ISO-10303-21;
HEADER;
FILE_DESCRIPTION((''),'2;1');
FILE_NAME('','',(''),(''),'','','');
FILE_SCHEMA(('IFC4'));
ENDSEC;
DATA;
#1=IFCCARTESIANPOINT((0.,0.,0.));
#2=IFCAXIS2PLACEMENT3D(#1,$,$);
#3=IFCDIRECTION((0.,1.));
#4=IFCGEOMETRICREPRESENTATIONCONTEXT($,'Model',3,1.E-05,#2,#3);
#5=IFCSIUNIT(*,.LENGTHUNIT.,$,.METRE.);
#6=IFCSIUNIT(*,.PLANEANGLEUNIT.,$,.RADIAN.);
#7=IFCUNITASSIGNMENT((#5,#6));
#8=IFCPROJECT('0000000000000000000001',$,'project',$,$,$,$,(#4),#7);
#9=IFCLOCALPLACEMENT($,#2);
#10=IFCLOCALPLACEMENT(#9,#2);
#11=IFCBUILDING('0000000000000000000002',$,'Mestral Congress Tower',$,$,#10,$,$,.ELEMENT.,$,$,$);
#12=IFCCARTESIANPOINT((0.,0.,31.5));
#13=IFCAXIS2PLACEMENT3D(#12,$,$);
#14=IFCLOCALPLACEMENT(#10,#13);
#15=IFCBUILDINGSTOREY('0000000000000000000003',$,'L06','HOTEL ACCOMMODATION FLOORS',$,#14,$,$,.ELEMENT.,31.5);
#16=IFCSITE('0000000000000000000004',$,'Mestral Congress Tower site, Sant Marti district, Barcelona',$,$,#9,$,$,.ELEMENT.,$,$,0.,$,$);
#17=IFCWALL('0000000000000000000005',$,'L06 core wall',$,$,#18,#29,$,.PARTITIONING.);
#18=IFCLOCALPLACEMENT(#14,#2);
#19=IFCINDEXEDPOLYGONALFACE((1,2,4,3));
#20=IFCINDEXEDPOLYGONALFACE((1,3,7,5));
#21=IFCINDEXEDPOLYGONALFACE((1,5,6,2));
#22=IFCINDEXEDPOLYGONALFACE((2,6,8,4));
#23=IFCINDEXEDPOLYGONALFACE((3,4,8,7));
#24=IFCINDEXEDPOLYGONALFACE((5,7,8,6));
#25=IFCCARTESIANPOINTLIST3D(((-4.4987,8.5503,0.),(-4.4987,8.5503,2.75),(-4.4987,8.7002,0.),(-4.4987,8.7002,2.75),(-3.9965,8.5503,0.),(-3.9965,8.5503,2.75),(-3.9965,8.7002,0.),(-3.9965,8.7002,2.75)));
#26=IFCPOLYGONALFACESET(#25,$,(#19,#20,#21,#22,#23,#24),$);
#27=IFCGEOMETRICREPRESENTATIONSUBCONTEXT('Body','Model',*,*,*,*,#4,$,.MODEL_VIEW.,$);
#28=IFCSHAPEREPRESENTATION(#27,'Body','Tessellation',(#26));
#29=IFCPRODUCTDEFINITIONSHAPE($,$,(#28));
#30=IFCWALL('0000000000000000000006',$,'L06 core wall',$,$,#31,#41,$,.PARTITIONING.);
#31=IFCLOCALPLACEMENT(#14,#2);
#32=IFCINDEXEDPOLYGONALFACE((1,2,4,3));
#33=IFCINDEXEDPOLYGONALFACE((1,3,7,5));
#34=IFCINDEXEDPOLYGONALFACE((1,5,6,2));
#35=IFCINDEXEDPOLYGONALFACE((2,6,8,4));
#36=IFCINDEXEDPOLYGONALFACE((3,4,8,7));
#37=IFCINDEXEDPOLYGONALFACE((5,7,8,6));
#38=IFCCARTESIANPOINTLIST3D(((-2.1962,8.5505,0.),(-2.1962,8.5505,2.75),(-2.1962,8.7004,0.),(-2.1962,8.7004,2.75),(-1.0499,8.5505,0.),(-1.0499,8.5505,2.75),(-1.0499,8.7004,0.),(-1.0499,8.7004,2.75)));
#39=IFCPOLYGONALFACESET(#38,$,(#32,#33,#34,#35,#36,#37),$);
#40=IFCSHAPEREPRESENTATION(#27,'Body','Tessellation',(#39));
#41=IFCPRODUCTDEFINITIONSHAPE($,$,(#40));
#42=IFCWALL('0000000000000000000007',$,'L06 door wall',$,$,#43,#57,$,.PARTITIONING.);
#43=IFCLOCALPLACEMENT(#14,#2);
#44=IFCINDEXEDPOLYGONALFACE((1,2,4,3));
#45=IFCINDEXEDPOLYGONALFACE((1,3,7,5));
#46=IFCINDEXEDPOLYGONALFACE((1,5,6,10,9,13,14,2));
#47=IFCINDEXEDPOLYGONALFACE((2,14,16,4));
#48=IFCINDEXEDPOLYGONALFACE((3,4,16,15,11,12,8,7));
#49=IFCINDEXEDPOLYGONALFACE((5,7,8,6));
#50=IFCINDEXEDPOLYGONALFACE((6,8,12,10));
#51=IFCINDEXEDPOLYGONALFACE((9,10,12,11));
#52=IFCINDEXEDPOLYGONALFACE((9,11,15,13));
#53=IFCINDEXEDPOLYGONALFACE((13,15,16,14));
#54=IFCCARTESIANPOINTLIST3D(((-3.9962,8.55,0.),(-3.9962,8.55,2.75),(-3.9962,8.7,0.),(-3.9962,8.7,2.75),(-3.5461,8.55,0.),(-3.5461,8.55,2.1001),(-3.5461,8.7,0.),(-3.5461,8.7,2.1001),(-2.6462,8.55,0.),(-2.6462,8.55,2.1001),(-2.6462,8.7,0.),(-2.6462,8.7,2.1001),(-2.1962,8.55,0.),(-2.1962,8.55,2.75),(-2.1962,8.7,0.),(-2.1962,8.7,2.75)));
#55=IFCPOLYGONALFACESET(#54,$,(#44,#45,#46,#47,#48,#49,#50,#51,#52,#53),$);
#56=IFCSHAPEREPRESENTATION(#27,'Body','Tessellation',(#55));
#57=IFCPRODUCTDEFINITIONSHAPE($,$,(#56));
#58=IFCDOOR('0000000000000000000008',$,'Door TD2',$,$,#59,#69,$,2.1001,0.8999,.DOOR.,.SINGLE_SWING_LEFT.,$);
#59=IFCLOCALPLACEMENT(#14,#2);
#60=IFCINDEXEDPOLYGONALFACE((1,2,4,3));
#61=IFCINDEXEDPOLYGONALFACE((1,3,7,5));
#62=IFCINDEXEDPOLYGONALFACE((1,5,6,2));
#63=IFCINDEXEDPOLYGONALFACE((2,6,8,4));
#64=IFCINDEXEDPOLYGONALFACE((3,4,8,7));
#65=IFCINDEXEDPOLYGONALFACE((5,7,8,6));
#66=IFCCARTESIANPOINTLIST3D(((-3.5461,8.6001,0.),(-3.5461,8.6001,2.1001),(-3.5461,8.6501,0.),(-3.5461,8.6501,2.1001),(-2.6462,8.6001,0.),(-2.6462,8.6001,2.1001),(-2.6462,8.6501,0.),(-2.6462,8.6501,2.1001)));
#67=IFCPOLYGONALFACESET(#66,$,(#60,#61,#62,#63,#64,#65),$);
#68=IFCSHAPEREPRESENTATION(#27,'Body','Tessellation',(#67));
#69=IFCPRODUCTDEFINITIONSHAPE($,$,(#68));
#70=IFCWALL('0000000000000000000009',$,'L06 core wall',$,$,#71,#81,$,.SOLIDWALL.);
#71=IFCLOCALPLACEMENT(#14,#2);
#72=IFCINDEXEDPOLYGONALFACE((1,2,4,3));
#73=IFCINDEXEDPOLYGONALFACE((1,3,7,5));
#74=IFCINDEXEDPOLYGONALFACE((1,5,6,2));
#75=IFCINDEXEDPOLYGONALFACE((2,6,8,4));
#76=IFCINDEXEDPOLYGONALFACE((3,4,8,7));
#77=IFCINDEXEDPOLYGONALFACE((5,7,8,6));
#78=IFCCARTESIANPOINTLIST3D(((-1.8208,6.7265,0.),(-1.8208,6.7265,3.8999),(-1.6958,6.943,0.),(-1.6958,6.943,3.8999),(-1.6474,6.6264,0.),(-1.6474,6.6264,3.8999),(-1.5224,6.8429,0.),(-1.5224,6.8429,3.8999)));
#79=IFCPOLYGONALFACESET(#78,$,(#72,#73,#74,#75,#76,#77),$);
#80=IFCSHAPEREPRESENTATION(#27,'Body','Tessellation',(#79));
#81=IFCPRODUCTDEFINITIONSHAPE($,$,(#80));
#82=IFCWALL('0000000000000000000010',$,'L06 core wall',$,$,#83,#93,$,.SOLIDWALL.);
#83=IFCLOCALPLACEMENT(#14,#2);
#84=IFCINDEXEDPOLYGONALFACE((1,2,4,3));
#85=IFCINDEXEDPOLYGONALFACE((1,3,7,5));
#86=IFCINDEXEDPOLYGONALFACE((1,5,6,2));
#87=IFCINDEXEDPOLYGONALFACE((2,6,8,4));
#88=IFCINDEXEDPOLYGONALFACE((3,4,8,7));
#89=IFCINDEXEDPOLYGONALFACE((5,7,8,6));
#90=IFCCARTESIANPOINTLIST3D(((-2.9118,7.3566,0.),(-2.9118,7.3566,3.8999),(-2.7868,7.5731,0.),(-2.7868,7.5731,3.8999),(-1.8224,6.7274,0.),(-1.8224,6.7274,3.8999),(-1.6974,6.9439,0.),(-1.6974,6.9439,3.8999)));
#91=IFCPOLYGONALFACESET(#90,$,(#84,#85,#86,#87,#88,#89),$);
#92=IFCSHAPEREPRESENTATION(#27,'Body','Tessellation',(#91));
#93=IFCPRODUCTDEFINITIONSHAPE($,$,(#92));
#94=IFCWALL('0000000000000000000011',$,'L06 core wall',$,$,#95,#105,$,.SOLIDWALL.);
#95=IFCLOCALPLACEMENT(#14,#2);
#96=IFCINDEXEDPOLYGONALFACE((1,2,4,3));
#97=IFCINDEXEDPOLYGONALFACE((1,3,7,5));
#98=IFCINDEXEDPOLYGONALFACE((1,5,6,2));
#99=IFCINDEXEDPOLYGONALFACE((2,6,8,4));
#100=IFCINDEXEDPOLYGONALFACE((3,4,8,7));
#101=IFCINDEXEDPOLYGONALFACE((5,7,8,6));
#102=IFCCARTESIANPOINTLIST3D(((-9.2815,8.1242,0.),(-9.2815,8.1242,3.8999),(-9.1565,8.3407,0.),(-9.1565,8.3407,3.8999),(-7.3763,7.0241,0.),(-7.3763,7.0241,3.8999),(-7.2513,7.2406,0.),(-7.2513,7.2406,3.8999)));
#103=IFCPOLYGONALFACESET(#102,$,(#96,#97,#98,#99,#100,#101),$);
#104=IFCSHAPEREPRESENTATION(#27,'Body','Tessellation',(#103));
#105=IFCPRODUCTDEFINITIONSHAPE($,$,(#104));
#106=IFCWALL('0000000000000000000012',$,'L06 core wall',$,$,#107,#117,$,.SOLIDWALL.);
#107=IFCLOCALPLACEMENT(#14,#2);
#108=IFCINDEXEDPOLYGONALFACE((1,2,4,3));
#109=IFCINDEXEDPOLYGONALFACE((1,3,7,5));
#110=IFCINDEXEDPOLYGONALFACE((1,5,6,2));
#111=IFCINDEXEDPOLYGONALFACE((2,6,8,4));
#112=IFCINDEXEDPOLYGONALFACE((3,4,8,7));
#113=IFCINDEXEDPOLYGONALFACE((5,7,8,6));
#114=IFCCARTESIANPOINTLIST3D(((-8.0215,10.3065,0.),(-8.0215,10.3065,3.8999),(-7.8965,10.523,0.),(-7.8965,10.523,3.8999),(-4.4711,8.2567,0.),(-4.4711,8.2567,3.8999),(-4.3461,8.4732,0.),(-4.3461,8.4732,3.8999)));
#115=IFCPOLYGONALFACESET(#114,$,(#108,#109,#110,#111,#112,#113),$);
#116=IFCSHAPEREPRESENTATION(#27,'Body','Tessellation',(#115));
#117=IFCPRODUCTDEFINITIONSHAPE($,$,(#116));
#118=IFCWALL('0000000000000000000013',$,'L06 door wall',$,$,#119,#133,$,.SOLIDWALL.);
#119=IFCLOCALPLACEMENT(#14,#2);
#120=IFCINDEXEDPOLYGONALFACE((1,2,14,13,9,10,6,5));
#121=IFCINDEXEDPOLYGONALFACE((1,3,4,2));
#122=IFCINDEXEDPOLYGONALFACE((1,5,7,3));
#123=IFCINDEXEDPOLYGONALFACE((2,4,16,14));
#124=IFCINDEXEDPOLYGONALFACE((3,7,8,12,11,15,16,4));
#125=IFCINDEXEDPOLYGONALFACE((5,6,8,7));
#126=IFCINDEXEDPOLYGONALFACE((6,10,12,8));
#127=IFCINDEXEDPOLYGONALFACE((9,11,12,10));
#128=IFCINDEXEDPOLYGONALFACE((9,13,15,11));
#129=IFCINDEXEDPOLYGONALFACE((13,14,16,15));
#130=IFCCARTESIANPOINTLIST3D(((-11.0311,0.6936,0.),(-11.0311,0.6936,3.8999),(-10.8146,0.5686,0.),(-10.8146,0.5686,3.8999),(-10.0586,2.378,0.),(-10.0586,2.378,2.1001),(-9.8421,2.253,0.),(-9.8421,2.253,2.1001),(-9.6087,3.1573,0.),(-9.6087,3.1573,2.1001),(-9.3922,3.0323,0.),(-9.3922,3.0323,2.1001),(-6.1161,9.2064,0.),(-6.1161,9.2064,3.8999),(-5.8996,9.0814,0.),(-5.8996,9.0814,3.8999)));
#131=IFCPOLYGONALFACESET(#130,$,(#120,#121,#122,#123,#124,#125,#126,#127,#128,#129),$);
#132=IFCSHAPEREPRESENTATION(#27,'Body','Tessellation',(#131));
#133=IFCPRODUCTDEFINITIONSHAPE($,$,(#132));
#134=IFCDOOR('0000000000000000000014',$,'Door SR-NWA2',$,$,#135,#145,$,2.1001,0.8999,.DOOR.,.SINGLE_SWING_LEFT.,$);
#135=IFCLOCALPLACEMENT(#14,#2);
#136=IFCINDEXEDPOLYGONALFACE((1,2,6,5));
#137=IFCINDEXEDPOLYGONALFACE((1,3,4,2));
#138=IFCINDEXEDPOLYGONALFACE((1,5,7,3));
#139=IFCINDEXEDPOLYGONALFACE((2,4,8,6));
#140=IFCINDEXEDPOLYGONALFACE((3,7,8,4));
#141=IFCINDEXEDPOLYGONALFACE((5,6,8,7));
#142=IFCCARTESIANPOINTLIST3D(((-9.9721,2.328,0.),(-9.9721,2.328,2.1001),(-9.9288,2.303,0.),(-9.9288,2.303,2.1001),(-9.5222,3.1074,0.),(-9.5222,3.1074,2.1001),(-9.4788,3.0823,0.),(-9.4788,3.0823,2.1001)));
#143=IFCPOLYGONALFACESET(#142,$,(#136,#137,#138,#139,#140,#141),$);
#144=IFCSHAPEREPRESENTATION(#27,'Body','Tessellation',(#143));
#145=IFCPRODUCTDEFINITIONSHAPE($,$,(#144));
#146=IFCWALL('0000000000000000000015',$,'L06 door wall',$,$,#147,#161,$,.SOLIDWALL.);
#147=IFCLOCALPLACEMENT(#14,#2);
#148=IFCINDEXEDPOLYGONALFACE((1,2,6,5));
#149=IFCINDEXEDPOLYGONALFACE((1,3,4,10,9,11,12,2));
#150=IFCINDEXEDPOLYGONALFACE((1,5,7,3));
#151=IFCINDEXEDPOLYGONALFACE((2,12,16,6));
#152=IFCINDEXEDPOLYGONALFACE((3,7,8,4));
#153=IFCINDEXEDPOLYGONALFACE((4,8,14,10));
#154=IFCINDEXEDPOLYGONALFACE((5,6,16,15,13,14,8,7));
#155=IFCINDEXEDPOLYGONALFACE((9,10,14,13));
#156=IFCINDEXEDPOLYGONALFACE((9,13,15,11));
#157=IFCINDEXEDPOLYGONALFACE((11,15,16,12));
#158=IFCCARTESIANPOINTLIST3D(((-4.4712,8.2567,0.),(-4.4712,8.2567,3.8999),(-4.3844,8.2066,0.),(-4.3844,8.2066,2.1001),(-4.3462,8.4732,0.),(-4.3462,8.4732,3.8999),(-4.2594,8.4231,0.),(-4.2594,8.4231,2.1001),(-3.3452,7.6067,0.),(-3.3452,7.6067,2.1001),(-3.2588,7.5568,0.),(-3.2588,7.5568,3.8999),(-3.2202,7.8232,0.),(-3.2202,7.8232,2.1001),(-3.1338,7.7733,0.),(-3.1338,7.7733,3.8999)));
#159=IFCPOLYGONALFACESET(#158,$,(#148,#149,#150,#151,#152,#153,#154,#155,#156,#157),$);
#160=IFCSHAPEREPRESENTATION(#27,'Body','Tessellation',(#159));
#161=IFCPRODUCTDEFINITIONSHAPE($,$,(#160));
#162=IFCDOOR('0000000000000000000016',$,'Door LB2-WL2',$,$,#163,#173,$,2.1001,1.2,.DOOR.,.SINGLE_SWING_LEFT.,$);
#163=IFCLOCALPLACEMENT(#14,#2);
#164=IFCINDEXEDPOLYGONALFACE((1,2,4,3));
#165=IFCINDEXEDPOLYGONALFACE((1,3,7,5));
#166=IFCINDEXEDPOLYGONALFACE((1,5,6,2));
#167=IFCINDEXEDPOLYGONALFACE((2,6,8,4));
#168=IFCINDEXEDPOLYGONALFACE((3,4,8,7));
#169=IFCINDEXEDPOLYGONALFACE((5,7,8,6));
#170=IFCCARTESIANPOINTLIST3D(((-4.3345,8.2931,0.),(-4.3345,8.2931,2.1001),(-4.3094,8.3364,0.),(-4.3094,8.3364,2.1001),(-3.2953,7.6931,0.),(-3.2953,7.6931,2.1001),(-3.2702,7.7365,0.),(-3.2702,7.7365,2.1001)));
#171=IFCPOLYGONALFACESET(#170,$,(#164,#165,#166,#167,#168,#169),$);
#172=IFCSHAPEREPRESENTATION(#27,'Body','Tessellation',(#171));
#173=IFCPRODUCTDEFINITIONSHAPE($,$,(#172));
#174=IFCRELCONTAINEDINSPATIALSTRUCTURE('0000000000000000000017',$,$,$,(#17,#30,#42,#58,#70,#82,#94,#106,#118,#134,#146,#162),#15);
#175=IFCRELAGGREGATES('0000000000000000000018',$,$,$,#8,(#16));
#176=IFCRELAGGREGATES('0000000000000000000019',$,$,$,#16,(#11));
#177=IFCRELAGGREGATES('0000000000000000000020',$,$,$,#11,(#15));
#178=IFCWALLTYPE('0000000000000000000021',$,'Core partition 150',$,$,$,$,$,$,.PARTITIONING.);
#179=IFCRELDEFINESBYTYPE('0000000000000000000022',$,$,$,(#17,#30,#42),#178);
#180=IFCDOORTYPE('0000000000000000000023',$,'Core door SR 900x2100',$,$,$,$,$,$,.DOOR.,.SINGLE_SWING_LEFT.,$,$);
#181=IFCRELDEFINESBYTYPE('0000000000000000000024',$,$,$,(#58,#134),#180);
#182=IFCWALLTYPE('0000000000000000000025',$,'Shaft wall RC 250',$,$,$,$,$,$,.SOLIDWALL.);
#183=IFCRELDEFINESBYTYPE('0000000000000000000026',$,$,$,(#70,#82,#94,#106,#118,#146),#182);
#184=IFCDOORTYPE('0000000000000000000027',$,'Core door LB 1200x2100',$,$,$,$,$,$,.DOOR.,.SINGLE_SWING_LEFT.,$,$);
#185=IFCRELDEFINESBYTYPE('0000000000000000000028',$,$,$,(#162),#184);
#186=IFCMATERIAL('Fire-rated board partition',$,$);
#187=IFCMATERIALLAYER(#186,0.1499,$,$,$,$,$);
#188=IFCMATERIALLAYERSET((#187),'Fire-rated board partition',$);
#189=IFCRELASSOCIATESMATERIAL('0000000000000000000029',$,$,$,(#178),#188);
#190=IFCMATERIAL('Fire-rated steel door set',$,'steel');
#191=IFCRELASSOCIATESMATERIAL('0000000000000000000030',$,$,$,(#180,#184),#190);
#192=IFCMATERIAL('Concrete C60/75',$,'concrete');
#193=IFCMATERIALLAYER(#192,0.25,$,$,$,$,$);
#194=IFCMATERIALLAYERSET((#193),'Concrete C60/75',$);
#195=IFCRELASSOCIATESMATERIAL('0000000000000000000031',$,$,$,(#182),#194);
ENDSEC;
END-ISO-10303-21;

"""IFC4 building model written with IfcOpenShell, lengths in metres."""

from ifc_helpers import new_model, si_unit, direction, frame, frame_2d, origin, place, context, subcontext, project, spatial, rectangle, extrude, material, layer, layer_set, type_object, element, fill, save


model = new_model("IFC4")

# Units and contexts
model_context = context("Model", 3, precision=1e-05, world=origin(), true_north=direction((0.0, 1.0)))
body_context = subcontext(model_context, "Body", "Model", "MODEL_VIEW")
ifc_project = project(units=[si_unit("LENGTHUNIT", "METRE"), si_unit("PLANEANGLEUNIT", "RADIAN")], contexts=[model_context])

# Site, building, storey
site_placement = place(None, origin())
site = spatial("IfcSite", under=ifc_project, at=site_placement, Name="Mestral Congress Tower site, Sant Marti district, Barcelona", CompositionType="ELEMENT", RefElevation=0.0)
building_placement = place(site_placement, origin())
building = spatial("IfcBuilding", under=site, at=building_placement, Name="Mestral Congress Tower", CompositionType="ELEMENT")
storey_placement = place(building_placement, frame((0.0, 0.0, 31.5)))
storey = spatial("IfcBuildingStorey", under=building, at=storey_placement, Name="L06", Description="HOTEL ACCOMMODATION FLOORS", CompositionType="ELEMENT", Elevation=31.5)

# Walls
ifc_material_1 = material(Name="Fire-rated board partition")
ifc_layer_1 = layer(ifc_material_1, 0.1499)
ifc_layer_set_1 = layer_set([ifc_layer_1], Name="Fire-rated board partition")
wall_type_1 = type_object("IfcWallType", Name="Core partition 150", PredefinedType="PARTITIONING", material=ifc_layer_set_1)
wall_1_placement = place(storey_placement, frame((-3.9966, 8.6252, 0.0), z_axis=(0.0, 0.0, 1.0), x_axis=(-1.0, 0.0, 0.0)))
element("IfcWall", 1, at=wall_1_placement, inside=storey, type_object=wall_type_1, Name="L06 core wall", PredefinedType="PARTITIONING", context=body_context, shape_type="SweptSolid", body=[
    extrude(rectangle(XDim=0.5022, YDim=0.1499, at=frame_2d((0.251, 0.0))), origin(), (0.0, 0.0, 1.0), 2.75),
])
wall_2_placement = place(storey_placement, frame((-2.1963, 8.6255, 0.0), z_axis=(0.0, 0.0, 1.0), x_axis=(1.0, 0.0, 0.0)))
element("IfcWall", 2, at=wall_2_placement, inside=storey, type_object=wall_type_1, Name="L06 core wall", PredefinedType="PARTITIONING", context=body_context, shape_type="SweptSolid", body=[
    extrude(rectangle(XDim=1.1462, YDim=0.1499, at=frame_2d((0.5732, 0.0))), origin(), (0.0, 0.0, 1.0), 2.75),
])

# Wall, opening, door
wall_3_placement = place(storey_placement, frame((-2.1963, 8.625, 0.0), z_axis=(0.0, 0.0, 1.0), x_axis=(-1.0, 0.0, 0.0)))
wall_3 = element("IfcWall", 3, at=wall_3_placement, inside=storey, type_object=wall_type_1, Name="L06 door wall", PredefinedType="PARTITIONING", context=body_context, shape_type="SweptSolid", body=[
    extrude(rectangle(XDim=1.8, YDim=0.1499, at=frame_2d((0.8999, 0.0))), origin(), (0.0, 0.0, 1.0), 2.75),
])
opening_1_placement = place(wall_3_placement, frame((0.45, 0.0, 0.0)))
opening_1 = element("IfcOpeningElement", 4, at=opening_1_placement, cuts=wall_3, PredefinedType="OPENING", context=body_context, shape_type="SweptSolid", body=[
    extrude(rectangle(XDim=0.8999, YDim=2.1001, at=frame_2d((0.45, 1.05))), frame((0.0, 0.085, 0.0), z_axis=(0.0, -1.0, 0.0), x_axis=(1.0, 0.0, 0.0)), (0.0, 0.0, 1.0), 0.1699),
])
ifc_material_2 = material(Name="Fire-rated steel door set", Category="steel")
door_type_1 = type_object("IfcDoorType", Name="Core door SR 900x2100", OperationType="SINGLE_SWING_LEFT", PredefinedType="DOOR", material=ifc_material_2)
door_1_placement = place(opening_1_placement, origin())
door_1 = element("IfcDoor", 5, at=door_1_placement, inside=storey, type_object=door_type_1, Name="Door TD2", OperationType="SINGLE_SWING_LEFT", OverallHeight=2.1001, OverallWidth=0.8999, PredefinedType="DOOR", context=body_context, shape_type="SweptSolid", body=[
    extrude(rectangle(XDim=0.8999, YDim=2.1001, at=frame_2d((0.45, 1.05))), frame((0.0, 0.0249, 0.0), z_axis=(0.0, -1.0, 0.0), x_axis=(1.0, 0.0, 0.0)), (0.0, 0.0, 1.0), 0.05),
])
fill(opening_1, door_1)

# Walls
ifc_material_3 = material(Name="Concrete C60/75", Category="concrete")
ifc_layer_2 = layer(ifc_material_3, 0.25)
ifc_layer_set_2 = layer_set([ifc_layer_2], Name="Concrete C60/75")
wall_type_2 = type_object("IfcWallType", Name="Shaft wall RC 250", PredefinedType="SOLIDWALL", material=ifc_layer_set_2)
wall_4_placement = place(storey_placement, frame((-1.7583, 6.8347, 0.0), z_axis=(0.0, 0.0, 1.0), x_axis=(0.865982, -0.500074, 0.0)))
element("IfcWall", 6, at=wall_4_placement, inside=storey, type_object=wall_type_2, Name="L06 core wall", PredefinedType="SOLIDWALL", context=body_context, shape_type="SweptSolid", body=[
    extrude(rectangle(XDim=0.2002, YDim=0.25, at=frame_2d((0.1001, 0.0))), origin(), (0.0, 0.0, 1.0), 3.8999),
])
wall_5_placement = place(storey_placement, frame((-1.76, 6.8357, 0.0), z_axis=(0.0, 0.0, 1.0), x_axis=(-0.865953, 0.500126, 0.0)))
element("IfcWall", 7, at=wall_5_placement, inside=storey, type_object=wall_type_2, Name="L06 core wall", PredefinedType="SOLIDWALL", context=body_context, shape_type="SweptSolid", body=[
    extrude(rectangle(XDim=1.2581, YDim=0.25, at=frame_2d((0.6289, 0.0))), origin(), (0.0, 0.0, 1.0), 3.8999),
])
wall_6_placement = place(storey_placement, frame((-7.3137, 7.1323, 0.0), z_axis=(0.0, 0.0, 1.0), x_axis=(-0.866008, 0.50003, 0.0)))
element("IfcWall", 8, at=wall_6_placement, inside=storey, type_object=wall_type_2, Name="L06 core wall", PredefinedType="SOLIDWALL", context=body_context, shape_type="SweptSolid", body=[
    extrude(rectangle(XDim=2.2, YDim=0.25, at=frame_2d((1.1001, 0.0))), origin(), (0.0, 0.0, 1.0), 3.8999),
])
wall_7_placement = place(storey_placement, frame((-7.959, 10.4148, 0.0), z_axis=(0.0, 0.0, 1.0), x_axis=(0.866021, -0.500008, 0.0)))
element("IfcWall", 9, at=wall_7_placement, inside=storey, type_object=wall_type_2, Name="L06 core wall", PredefinedType="SOLIDWALL", context=body_context, shape_type="SweptSolid", body=[
    extrude(rectangle(XDim=4.0996, YDim=0.25, at=frame_2d((2.0498, 0.0))), origin(), (0.0, 0.0, 1.0), 3.8999),
])

# Walls, openings, doors
wall_8_placement = place(storey_placement, frame((-6.0078, 9.144, 0.0), z_axis=(0.0, 0.0, 1.0), x_axis=(-0.500007, -0.866021, 0.0)))
wall_8 = element("IfcWall", 10, at=wall_8_placement, inside=storey, type_object=wall_type_2, Name="L06 door wall", PredefinedType="SOLIDWALL", context=body_context, shape_type="SweptSolid", body=[
    extrude(rectangle(XDim=9.8298, YDim=0.25, at=frame_2d((4.915, 0.0))), origin(), (0.0, 0.0, 1.0), 3.8999),
])
opening_2_placement = place(wall_8_placement, frame((6.9851, 0.0, 0.0)))
opening_2 = element("IfcOpeningElement", 11, at=opening_2_placement, cuts=wall_8, PredefinedType="OPENING", context=body_context, shape_type="SweptSolid", body=[
    extrude(rectangle(XDim=0.8999, YDim=2.1001, at=frame_2d((0.45, 1.05))), frame((0.0, 0.135, 0.0), z_axis=(0.0, -1.0, 0.0), x_axis=(1.0, 0.0, 0.0)), (0.0, 0.0, 1.0), 0.27),
])
door_2_placement = place(opening_2_placement, origin())
door_2 = element("IfcDoor", 12, at=door_2_placement, inside=storey, type_object=door_type_1, Name="Door SR-NWA2", OperationType="SINGLE_SWING_LEFT", OverallHeight=2.1001, OverallWidth=0.8999, PredefinedType="DOOR", context=body_context, shape_type="SweptSolid", body=[
    extrude(rectangle(XDim=0.8999, YDim=2.1001, at=frame_2d((0.45, 1.05))), frame((0.0, 0.0249, 0.0), z_axis=(0.0, -1.0, 0.0), x_axis=(1.0, 0.0, 0.0)), (0.0, 0.0, 1.0), 0.05),
])
fill(opening_2, door_2)
wall_9_placement = place(storey_placement, frame((-4.4087, 8.365, 0.0), z_axis=(0.0, 0.0, 1.0), x_axis=(0.866035, -0.499984, 0.0)))
wall_9 = element("IfcWall", 13, at=wall_9_placement, inside=storey, type_object=wall_type_2, Name="L06 door wall", PredefinedType="SOLIDWALL", context=body_context, shape_type="SweptSolid", body=[
    extrude(rectangle(XDim=1.3999, YDim=0.25, at=frame_2d((0.7, 0.0))), origin(), (0.0, 0.0, 1.0), 3.8999),
])
opening_3_placement = place(wall_9_placement, frame((0.1001, 0.0, 0.0)))
opening_3 = element("IfcOpeningElement", 14, at=opening_3_placement, cuts=wall_9, PredefinedType="OPENING", context=body_context, shape_type="SweptSolid", body=[
    extrude(rectangle(XDim=1.2, YDim=2.1001, at=frame_2d((0.6001, 1.05))), frame((0.0, 0.135, 0.0), z_axis=(0.0, -1.0, 0.0), x_axis=(1.0, 0.0, 0.0)), (0.0, 0.0, 1.0), 0.27),
])
door_type_2 = type_object("IfcDoorType", Name="Core door LB 1200x2100", OperationType="SINGLE_SWING_LEFT", PredefinedType="DOOR", material=ifc_material_2)
door_3_placement = place(opening_3_placement, origin())
door_3 = element("IfcDoor", 15, at=door_3_placement, inside=storey, type_object=door_type_2, Name="Door LB2-WL2", OperationType="SINGLE_SWING_LEFT", OverallHeight=2.1001, OverallWidth=1.2, PredefinedType="DOOR", context=body_context, shape_type="SweptSolid", body=[
    extrude(rectangle(XDim=1.2, YDim=2.1001, at=frame_2d((0.6001, 1.05))), frame((0.0, 0.0249, 0.0), z_axis=(0.0, -1.0, 0.0), x_axis=(1.0, 0.0, 0.0)), (0.0, 0.0, 1.0), 0.05),
])
fill(opening_3, door_3)

save(model, "model.ifc")
